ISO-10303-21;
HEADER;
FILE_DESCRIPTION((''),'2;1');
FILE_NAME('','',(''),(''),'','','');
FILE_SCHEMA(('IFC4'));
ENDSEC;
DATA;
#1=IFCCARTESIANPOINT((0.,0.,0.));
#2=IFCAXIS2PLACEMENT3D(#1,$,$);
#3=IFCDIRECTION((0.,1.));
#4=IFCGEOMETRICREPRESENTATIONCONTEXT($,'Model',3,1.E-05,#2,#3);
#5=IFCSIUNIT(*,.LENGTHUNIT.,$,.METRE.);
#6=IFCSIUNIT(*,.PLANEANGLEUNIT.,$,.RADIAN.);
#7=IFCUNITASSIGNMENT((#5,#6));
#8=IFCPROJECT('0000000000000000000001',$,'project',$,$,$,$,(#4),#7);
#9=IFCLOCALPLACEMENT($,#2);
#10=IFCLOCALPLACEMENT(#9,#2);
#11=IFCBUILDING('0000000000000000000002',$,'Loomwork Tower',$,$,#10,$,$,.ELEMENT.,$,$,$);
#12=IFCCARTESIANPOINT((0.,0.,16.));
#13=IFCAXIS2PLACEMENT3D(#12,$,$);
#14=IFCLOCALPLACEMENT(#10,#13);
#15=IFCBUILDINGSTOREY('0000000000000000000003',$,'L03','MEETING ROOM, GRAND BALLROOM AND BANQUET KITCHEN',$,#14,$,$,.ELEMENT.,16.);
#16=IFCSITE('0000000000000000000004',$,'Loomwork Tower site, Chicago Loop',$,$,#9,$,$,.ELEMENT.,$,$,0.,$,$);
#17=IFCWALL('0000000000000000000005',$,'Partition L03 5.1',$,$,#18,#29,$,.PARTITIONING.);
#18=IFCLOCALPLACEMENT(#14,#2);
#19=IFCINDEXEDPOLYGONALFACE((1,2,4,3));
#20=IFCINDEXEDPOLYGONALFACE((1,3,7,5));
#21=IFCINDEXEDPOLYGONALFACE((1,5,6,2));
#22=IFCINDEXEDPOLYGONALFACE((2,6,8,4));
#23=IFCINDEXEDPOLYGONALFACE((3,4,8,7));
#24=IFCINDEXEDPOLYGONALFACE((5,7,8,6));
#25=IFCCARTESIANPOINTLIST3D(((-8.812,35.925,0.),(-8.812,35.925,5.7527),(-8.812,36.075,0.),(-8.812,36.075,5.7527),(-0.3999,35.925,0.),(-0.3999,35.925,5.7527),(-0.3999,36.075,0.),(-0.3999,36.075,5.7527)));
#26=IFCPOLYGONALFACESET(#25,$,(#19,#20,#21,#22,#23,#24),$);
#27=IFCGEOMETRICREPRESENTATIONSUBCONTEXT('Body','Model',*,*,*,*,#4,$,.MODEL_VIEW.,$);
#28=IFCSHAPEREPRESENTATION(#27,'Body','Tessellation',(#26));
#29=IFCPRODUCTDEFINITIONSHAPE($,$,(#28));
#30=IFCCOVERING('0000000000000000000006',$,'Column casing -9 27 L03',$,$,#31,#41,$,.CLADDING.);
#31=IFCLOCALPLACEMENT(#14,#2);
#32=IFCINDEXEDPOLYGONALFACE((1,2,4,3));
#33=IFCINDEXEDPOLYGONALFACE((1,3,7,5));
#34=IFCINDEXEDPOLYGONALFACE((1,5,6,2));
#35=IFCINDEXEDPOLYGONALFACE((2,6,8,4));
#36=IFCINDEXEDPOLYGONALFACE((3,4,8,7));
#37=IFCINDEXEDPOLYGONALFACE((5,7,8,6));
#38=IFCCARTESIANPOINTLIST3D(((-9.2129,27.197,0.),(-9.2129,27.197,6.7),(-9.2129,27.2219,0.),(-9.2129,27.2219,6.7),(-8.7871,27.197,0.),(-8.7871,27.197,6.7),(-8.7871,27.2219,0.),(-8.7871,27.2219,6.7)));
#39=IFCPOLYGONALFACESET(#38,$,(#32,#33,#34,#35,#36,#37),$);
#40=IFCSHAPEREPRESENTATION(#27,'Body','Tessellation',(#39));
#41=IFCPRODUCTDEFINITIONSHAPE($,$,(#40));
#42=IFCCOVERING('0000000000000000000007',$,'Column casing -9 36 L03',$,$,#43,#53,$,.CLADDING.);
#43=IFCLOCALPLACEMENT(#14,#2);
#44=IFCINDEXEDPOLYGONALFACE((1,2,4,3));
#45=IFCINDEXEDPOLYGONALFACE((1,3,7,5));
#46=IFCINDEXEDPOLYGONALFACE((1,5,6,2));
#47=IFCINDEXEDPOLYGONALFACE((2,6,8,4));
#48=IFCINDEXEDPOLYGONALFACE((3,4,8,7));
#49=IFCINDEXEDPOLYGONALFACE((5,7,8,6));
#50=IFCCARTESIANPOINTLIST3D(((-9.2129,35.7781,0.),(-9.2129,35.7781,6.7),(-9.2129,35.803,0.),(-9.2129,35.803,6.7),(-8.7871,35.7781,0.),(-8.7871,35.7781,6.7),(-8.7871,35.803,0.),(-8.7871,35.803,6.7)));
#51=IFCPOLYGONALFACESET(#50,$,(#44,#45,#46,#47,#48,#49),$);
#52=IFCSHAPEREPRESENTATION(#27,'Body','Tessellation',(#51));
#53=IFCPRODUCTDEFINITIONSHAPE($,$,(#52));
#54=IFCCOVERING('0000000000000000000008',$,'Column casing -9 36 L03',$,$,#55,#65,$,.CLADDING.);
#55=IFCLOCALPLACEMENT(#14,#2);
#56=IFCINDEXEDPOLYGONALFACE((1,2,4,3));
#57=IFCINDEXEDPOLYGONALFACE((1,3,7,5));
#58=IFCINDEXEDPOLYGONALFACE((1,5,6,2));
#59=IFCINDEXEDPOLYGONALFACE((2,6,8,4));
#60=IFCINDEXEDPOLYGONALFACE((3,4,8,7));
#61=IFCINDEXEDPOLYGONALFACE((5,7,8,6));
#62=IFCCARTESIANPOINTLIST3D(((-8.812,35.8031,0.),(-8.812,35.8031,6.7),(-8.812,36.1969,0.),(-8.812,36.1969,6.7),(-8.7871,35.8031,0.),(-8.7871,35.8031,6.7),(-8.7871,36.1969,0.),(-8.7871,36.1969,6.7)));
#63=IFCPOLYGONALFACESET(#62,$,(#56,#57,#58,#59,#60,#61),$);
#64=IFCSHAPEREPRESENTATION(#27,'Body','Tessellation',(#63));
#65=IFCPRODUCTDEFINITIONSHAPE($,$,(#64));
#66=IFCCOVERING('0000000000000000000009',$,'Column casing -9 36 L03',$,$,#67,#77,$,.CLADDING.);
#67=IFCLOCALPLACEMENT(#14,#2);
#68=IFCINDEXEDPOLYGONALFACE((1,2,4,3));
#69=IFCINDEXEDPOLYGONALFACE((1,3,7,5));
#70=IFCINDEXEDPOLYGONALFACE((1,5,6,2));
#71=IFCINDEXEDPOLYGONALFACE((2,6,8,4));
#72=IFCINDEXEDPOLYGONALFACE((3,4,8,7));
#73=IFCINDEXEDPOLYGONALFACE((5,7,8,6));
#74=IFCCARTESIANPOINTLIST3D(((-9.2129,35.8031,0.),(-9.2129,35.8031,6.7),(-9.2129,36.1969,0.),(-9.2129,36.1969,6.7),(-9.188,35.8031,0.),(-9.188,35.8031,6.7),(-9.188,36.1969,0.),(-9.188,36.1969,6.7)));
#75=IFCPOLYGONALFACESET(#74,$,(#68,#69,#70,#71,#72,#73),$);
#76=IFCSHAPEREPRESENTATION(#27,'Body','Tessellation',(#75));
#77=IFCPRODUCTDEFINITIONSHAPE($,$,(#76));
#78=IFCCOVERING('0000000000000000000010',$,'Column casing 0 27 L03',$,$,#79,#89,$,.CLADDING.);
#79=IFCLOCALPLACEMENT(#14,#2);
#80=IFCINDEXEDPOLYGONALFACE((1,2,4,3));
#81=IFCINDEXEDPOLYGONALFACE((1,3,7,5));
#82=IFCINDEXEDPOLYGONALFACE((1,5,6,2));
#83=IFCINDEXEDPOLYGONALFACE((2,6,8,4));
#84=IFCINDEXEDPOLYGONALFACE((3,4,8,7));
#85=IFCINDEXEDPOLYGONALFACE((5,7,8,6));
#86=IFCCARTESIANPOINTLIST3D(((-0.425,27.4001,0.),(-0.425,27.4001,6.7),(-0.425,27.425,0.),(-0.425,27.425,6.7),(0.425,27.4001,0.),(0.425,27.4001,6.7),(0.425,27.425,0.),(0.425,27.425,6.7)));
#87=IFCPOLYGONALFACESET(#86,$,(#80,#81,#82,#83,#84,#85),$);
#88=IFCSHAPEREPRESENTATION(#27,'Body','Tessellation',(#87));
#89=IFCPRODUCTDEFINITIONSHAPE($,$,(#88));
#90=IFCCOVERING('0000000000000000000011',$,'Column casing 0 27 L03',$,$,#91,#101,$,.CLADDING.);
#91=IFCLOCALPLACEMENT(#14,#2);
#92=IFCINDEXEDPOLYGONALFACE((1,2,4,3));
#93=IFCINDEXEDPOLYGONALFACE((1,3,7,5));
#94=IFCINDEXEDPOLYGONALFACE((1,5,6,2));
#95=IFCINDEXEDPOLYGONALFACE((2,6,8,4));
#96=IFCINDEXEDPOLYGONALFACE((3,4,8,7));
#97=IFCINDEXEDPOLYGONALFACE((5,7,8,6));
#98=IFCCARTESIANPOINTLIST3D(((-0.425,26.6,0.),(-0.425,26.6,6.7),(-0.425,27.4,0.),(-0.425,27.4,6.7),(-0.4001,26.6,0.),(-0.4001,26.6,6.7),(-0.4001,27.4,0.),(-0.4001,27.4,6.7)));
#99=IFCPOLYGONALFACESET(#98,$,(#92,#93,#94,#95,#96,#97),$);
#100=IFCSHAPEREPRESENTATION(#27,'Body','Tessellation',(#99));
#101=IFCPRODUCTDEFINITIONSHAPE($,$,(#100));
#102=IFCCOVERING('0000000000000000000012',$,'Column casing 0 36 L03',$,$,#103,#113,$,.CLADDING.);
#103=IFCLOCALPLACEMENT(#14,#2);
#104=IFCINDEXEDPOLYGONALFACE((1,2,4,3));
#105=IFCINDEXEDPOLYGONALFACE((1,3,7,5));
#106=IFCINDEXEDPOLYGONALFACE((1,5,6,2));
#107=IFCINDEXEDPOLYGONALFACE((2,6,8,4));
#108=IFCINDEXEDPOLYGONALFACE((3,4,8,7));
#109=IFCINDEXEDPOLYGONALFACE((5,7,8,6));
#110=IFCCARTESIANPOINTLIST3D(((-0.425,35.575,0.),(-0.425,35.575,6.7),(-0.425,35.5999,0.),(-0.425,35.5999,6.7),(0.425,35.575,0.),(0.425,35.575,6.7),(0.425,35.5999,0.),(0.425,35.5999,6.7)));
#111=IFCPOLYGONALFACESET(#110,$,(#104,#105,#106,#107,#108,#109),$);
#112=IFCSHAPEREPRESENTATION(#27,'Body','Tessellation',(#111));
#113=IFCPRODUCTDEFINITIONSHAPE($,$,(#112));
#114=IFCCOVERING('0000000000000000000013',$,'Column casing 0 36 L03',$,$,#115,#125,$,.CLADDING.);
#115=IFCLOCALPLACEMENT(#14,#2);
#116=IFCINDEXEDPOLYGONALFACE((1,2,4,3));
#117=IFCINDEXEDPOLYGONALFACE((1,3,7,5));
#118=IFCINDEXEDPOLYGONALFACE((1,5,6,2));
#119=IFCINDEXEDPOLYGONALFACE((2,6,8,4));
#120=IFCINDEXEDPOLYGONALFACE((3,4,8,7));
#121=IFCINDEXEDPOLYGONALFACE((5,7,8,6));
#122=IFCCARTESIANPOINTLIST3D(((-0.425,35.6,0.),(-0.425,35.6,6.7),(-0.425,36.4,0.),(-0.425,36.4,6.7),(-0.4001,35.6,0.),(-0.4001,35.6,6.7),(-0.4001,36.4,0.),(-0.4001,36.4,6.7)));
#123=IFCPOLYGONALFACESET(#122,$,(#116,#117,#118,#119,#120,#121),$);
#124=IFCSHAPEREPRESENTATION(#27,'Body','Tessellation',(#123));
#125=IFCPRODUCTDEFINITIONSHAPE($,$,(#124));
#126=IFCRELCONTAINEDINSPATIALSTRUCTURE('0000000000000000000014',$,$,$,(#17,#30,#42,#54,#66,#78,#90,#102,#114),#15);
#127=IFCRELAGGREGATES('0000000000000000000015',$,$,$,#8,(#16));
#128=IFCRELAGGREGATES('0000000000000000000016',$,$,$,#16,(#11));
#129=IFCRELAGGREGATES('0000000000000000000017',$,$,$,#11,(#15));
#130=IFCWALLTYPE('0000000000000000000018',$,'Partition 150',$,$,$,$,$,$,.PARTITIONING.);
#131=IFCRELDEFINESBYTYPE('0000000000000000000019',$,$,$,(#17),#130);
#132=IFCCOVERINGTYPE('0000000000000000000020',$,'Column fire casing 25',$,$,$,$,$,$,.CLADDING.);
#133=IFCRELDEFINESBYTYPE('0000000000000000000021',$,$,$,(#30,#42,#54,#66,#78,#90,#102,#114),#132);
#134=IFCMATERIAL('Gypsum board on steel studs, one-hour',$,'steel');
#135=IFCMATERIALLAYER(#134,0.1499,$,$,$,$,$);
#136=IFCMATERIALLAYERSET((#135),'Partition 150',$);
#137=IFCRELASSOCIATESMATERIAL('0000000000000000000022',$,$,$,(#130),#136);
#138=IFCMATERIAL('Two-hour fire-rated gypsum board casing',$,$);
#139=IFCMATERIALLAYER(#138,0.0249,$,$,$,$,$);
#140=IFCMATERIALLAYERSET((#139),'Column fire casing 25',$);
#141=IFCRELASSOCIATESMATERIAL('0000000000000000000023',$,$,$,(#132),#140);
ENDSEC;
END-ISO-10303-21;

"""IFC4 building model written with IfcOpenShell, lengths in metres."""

from ifc_helpers import new_model, si_unit, direction, frame, frame_2d, origin, origin_2d, place, context, subcontext, project, spatial, rectangle, extrude, material, layer, layer_set, type_object, element, save


model = new_model("IFC4")

# Units and contexts
model_context = context("Model", 3, precision=1e-05, world=origin(), true_north=direction((0.0, 1.0)))
body_context = subcontext(model_context, "Body", "Model", "MODEL_VIEW")
ifc_project = project(units=[si_unit("LENGTHUNIT", "METRE"), si_unit("PLANEANGLEUNIT", "RADIAN")], contexts=[model_context])

# Site, building, storey
site_placement = place(None, origin())
site = spatial("IfcSite", under=ifc_project, at=site_placement, Name="Loomwork Tower site, Chicago Loop", CompositionType="ELEMENT", RefElevation=0.0)
building_placement = place(site_placement, origin())
building = spatial("IfcBuilding", under=site, at=building_placement, Name="Loomwork Tower", CompositionType="ELEMENT")
storey_placement = place(building_placement, frame((0.0, 0.0, 16.0)))
storey = spatial("IfcBuildingStorey", under=building, at=storey_placement, Name="L03", Description="MEETING ROOM, GRAND BALLROOM AND BANQUET KITCHEN", CompositionType="ELEMENT", Elevation=16.0)

# Wall
ifc_material_1 = material(Name="Gypsum board on steel studs, one-hour", Category="steel")
ifc_layer_1 = layer(ifc_material_1, 0.1499)
ifc_layer_set_1 = layer_set([ifc_layer_1], Name="Partition 150")
wall_type = type_object("IfcWallType", Name="Partition 150", PredefinedType="PARTITIONING", material=ifc_layer_set_1)
wall_1_placement = place(storey_placement, frame((-8.812, 36.0, 0.0), z_axis=(0.0, 0.0, 1.0), x_axis=(1.0, 0.0, 0.0)))
element("IfcWall", 1, at=wall_1_placement, inside=storey, type_object=wall_type, Name="Partition L03 5.1", PredefinedType="PARTITIONING", context=body_context, shape_type="SweptSolid", body=[
    extrude(rectangle(XDim=8.4121, YDim=0.1499, at=frame_2d((4.2061, 0.0))), origin(), (0.0, 0.0, 1.0), 5.7527),
])

# Coverings
ifc_material_2 = material(Name="Two-hour fire-rated gypsum board casing")
ifc_layer_2 = layer(ifc_material_2, 0.0249)
ifc_layer_set_2 = layer_set([ifc_layer_2], Name="Column fire casing 25")
covering_type = type_object("IfcCoveringType", Name="Column fire casing 25", PredefinedType="CLADDING", material=ifc_layer_set_2)
for number, where, z_axis, x_axis, name in (
    (2, (-9.0, 27.2095, 0.0), (0.0, 0.0, 1.0), (1.0, 0.0, 0.0), "Column casing -9 27 L03"),
    (3, (-9.0, 35.7905, 0.0), (0.0, 0.0, 1.0), (1.0, 0.0, 0.0), "Column casing -9 36 L03"),
):
    element("IfcCovering", number, at=place(storey_placement, frame(where, z_axis=z_axis, x_axis=x_axis)), inside=storey, type_object=covering_type, Name=name, PredefinedType="CLADDING", context=body_context, shape_type="SweptSolid", body=[
        extrude(rectangle(XDim=0.4258, YDim=0.0249, at=origin_2d()), origin(), (0.0, 0.0, 1.0), 6.7),
    ])
for number, where, z_axis, x_axis, name in (
    (4, (-8.7996, 36.0, 0.0), (0.0, 0.0, 1.0), (1.0, 0.0, 0.0), "Column casing -9 36 L03"),
    (5, (-9.2004, 36.0, 0.0), (0.0, 0.0, 1.0), (1.0, 0.0, 0.0), "Column casing -9 36 L03"),
):
    element("IfcCovering", number, at=place(storey_placement, frame(where, z_axis=z_axis, x_axis=x_axis)), inside=storey, type_object=covering_type, Name=name, PredefinedType="CLADDING", context=body_context, shape_type="SweptSolid", body=[
        extrude(rectangle(XDim=0.0249, YDim=0.3938, at=origin_2d()), origin(), (0.0, 0.0, 1.0), 6.7),
    ])
covering_1_placement = place(storey_placement, frame((0.0, 27.4126, 0.0), z_axis=(0.0, 0.0, 1.0), x_axis=(1.0, 0.0, 0.0)))
element("IfcCovering", 6, at=covering_1_placement, inside=storey, type_object=covering_type, Name="Column casing 0 27 L03", PredefinedType="CLADDING", context=body_context, shape_type="SweptSolid", body=[
    extrude(rectangle(XDim=0.8501, YDim=0.0249, at=origin_2d()), origin(), (0.0, 0.0, 1.0), 6.7),
])
covering_2_placement = place(storey_placement, frame((-0.4126, 27.0, 0.0), z_axis=(0.0, 0.0, 1.0), x_axis=(1.0, 0.0, 0.0)))
element("IfcCovering", 7, at=covering_2_placement, inside=storey, type_object=covering_type, Name="Column casing 0 27 L03", PredefinedType="CLADDING", context=body_context, shape_type="SweptSolid", body=[
    extrude(rectangle(XDim=0.0249, YDim=0.8, at=origin_2d()), origin(), (0.0, 0.0, 1.0), 6.7),
])
covering_3_placement = place(storey_placement, frame((0.0, 35.5874, 0.0), z_axis=(0.0, 0.0, 1.0), x_axis=(1.0, 0.0, 0.0)))
element("IfcCovering", 8, at=covering_3_placement, inside=storey, type_object=covering_type, Name="Column casing 0 36 L03", PredefinedType="CLADDING", context=body_context, shape_type="SweptSolid", body=[
    extrude(rectangle(XDim=0.8501, YDim=0.0249, at=origin_2d()), origin(), (0.0, 0.0, 1.0), 6.7),
])
covering_4_placement = place(storey_placement, frame((-0.4126, 36.0, 0.0), z_axis=(0.0, 0.0, 1.0), x_axis=(1.0, 0.0, 0.0)))
element("IfcCovering", 9, at=covering_4_placement, inside=storey, type_object=covering_type, Name="Column casing 0 36 L03", PredefinedType="CLADDING", context=body_context, shape_type="SweptSolid", body=[
    extrude(rectangle(XDim=0.0249, YDim=0.8, at=origin_2d()), origin(), (0.0, 0.0, 1.0), 6.7),
])

save(model, "model.ifc")
